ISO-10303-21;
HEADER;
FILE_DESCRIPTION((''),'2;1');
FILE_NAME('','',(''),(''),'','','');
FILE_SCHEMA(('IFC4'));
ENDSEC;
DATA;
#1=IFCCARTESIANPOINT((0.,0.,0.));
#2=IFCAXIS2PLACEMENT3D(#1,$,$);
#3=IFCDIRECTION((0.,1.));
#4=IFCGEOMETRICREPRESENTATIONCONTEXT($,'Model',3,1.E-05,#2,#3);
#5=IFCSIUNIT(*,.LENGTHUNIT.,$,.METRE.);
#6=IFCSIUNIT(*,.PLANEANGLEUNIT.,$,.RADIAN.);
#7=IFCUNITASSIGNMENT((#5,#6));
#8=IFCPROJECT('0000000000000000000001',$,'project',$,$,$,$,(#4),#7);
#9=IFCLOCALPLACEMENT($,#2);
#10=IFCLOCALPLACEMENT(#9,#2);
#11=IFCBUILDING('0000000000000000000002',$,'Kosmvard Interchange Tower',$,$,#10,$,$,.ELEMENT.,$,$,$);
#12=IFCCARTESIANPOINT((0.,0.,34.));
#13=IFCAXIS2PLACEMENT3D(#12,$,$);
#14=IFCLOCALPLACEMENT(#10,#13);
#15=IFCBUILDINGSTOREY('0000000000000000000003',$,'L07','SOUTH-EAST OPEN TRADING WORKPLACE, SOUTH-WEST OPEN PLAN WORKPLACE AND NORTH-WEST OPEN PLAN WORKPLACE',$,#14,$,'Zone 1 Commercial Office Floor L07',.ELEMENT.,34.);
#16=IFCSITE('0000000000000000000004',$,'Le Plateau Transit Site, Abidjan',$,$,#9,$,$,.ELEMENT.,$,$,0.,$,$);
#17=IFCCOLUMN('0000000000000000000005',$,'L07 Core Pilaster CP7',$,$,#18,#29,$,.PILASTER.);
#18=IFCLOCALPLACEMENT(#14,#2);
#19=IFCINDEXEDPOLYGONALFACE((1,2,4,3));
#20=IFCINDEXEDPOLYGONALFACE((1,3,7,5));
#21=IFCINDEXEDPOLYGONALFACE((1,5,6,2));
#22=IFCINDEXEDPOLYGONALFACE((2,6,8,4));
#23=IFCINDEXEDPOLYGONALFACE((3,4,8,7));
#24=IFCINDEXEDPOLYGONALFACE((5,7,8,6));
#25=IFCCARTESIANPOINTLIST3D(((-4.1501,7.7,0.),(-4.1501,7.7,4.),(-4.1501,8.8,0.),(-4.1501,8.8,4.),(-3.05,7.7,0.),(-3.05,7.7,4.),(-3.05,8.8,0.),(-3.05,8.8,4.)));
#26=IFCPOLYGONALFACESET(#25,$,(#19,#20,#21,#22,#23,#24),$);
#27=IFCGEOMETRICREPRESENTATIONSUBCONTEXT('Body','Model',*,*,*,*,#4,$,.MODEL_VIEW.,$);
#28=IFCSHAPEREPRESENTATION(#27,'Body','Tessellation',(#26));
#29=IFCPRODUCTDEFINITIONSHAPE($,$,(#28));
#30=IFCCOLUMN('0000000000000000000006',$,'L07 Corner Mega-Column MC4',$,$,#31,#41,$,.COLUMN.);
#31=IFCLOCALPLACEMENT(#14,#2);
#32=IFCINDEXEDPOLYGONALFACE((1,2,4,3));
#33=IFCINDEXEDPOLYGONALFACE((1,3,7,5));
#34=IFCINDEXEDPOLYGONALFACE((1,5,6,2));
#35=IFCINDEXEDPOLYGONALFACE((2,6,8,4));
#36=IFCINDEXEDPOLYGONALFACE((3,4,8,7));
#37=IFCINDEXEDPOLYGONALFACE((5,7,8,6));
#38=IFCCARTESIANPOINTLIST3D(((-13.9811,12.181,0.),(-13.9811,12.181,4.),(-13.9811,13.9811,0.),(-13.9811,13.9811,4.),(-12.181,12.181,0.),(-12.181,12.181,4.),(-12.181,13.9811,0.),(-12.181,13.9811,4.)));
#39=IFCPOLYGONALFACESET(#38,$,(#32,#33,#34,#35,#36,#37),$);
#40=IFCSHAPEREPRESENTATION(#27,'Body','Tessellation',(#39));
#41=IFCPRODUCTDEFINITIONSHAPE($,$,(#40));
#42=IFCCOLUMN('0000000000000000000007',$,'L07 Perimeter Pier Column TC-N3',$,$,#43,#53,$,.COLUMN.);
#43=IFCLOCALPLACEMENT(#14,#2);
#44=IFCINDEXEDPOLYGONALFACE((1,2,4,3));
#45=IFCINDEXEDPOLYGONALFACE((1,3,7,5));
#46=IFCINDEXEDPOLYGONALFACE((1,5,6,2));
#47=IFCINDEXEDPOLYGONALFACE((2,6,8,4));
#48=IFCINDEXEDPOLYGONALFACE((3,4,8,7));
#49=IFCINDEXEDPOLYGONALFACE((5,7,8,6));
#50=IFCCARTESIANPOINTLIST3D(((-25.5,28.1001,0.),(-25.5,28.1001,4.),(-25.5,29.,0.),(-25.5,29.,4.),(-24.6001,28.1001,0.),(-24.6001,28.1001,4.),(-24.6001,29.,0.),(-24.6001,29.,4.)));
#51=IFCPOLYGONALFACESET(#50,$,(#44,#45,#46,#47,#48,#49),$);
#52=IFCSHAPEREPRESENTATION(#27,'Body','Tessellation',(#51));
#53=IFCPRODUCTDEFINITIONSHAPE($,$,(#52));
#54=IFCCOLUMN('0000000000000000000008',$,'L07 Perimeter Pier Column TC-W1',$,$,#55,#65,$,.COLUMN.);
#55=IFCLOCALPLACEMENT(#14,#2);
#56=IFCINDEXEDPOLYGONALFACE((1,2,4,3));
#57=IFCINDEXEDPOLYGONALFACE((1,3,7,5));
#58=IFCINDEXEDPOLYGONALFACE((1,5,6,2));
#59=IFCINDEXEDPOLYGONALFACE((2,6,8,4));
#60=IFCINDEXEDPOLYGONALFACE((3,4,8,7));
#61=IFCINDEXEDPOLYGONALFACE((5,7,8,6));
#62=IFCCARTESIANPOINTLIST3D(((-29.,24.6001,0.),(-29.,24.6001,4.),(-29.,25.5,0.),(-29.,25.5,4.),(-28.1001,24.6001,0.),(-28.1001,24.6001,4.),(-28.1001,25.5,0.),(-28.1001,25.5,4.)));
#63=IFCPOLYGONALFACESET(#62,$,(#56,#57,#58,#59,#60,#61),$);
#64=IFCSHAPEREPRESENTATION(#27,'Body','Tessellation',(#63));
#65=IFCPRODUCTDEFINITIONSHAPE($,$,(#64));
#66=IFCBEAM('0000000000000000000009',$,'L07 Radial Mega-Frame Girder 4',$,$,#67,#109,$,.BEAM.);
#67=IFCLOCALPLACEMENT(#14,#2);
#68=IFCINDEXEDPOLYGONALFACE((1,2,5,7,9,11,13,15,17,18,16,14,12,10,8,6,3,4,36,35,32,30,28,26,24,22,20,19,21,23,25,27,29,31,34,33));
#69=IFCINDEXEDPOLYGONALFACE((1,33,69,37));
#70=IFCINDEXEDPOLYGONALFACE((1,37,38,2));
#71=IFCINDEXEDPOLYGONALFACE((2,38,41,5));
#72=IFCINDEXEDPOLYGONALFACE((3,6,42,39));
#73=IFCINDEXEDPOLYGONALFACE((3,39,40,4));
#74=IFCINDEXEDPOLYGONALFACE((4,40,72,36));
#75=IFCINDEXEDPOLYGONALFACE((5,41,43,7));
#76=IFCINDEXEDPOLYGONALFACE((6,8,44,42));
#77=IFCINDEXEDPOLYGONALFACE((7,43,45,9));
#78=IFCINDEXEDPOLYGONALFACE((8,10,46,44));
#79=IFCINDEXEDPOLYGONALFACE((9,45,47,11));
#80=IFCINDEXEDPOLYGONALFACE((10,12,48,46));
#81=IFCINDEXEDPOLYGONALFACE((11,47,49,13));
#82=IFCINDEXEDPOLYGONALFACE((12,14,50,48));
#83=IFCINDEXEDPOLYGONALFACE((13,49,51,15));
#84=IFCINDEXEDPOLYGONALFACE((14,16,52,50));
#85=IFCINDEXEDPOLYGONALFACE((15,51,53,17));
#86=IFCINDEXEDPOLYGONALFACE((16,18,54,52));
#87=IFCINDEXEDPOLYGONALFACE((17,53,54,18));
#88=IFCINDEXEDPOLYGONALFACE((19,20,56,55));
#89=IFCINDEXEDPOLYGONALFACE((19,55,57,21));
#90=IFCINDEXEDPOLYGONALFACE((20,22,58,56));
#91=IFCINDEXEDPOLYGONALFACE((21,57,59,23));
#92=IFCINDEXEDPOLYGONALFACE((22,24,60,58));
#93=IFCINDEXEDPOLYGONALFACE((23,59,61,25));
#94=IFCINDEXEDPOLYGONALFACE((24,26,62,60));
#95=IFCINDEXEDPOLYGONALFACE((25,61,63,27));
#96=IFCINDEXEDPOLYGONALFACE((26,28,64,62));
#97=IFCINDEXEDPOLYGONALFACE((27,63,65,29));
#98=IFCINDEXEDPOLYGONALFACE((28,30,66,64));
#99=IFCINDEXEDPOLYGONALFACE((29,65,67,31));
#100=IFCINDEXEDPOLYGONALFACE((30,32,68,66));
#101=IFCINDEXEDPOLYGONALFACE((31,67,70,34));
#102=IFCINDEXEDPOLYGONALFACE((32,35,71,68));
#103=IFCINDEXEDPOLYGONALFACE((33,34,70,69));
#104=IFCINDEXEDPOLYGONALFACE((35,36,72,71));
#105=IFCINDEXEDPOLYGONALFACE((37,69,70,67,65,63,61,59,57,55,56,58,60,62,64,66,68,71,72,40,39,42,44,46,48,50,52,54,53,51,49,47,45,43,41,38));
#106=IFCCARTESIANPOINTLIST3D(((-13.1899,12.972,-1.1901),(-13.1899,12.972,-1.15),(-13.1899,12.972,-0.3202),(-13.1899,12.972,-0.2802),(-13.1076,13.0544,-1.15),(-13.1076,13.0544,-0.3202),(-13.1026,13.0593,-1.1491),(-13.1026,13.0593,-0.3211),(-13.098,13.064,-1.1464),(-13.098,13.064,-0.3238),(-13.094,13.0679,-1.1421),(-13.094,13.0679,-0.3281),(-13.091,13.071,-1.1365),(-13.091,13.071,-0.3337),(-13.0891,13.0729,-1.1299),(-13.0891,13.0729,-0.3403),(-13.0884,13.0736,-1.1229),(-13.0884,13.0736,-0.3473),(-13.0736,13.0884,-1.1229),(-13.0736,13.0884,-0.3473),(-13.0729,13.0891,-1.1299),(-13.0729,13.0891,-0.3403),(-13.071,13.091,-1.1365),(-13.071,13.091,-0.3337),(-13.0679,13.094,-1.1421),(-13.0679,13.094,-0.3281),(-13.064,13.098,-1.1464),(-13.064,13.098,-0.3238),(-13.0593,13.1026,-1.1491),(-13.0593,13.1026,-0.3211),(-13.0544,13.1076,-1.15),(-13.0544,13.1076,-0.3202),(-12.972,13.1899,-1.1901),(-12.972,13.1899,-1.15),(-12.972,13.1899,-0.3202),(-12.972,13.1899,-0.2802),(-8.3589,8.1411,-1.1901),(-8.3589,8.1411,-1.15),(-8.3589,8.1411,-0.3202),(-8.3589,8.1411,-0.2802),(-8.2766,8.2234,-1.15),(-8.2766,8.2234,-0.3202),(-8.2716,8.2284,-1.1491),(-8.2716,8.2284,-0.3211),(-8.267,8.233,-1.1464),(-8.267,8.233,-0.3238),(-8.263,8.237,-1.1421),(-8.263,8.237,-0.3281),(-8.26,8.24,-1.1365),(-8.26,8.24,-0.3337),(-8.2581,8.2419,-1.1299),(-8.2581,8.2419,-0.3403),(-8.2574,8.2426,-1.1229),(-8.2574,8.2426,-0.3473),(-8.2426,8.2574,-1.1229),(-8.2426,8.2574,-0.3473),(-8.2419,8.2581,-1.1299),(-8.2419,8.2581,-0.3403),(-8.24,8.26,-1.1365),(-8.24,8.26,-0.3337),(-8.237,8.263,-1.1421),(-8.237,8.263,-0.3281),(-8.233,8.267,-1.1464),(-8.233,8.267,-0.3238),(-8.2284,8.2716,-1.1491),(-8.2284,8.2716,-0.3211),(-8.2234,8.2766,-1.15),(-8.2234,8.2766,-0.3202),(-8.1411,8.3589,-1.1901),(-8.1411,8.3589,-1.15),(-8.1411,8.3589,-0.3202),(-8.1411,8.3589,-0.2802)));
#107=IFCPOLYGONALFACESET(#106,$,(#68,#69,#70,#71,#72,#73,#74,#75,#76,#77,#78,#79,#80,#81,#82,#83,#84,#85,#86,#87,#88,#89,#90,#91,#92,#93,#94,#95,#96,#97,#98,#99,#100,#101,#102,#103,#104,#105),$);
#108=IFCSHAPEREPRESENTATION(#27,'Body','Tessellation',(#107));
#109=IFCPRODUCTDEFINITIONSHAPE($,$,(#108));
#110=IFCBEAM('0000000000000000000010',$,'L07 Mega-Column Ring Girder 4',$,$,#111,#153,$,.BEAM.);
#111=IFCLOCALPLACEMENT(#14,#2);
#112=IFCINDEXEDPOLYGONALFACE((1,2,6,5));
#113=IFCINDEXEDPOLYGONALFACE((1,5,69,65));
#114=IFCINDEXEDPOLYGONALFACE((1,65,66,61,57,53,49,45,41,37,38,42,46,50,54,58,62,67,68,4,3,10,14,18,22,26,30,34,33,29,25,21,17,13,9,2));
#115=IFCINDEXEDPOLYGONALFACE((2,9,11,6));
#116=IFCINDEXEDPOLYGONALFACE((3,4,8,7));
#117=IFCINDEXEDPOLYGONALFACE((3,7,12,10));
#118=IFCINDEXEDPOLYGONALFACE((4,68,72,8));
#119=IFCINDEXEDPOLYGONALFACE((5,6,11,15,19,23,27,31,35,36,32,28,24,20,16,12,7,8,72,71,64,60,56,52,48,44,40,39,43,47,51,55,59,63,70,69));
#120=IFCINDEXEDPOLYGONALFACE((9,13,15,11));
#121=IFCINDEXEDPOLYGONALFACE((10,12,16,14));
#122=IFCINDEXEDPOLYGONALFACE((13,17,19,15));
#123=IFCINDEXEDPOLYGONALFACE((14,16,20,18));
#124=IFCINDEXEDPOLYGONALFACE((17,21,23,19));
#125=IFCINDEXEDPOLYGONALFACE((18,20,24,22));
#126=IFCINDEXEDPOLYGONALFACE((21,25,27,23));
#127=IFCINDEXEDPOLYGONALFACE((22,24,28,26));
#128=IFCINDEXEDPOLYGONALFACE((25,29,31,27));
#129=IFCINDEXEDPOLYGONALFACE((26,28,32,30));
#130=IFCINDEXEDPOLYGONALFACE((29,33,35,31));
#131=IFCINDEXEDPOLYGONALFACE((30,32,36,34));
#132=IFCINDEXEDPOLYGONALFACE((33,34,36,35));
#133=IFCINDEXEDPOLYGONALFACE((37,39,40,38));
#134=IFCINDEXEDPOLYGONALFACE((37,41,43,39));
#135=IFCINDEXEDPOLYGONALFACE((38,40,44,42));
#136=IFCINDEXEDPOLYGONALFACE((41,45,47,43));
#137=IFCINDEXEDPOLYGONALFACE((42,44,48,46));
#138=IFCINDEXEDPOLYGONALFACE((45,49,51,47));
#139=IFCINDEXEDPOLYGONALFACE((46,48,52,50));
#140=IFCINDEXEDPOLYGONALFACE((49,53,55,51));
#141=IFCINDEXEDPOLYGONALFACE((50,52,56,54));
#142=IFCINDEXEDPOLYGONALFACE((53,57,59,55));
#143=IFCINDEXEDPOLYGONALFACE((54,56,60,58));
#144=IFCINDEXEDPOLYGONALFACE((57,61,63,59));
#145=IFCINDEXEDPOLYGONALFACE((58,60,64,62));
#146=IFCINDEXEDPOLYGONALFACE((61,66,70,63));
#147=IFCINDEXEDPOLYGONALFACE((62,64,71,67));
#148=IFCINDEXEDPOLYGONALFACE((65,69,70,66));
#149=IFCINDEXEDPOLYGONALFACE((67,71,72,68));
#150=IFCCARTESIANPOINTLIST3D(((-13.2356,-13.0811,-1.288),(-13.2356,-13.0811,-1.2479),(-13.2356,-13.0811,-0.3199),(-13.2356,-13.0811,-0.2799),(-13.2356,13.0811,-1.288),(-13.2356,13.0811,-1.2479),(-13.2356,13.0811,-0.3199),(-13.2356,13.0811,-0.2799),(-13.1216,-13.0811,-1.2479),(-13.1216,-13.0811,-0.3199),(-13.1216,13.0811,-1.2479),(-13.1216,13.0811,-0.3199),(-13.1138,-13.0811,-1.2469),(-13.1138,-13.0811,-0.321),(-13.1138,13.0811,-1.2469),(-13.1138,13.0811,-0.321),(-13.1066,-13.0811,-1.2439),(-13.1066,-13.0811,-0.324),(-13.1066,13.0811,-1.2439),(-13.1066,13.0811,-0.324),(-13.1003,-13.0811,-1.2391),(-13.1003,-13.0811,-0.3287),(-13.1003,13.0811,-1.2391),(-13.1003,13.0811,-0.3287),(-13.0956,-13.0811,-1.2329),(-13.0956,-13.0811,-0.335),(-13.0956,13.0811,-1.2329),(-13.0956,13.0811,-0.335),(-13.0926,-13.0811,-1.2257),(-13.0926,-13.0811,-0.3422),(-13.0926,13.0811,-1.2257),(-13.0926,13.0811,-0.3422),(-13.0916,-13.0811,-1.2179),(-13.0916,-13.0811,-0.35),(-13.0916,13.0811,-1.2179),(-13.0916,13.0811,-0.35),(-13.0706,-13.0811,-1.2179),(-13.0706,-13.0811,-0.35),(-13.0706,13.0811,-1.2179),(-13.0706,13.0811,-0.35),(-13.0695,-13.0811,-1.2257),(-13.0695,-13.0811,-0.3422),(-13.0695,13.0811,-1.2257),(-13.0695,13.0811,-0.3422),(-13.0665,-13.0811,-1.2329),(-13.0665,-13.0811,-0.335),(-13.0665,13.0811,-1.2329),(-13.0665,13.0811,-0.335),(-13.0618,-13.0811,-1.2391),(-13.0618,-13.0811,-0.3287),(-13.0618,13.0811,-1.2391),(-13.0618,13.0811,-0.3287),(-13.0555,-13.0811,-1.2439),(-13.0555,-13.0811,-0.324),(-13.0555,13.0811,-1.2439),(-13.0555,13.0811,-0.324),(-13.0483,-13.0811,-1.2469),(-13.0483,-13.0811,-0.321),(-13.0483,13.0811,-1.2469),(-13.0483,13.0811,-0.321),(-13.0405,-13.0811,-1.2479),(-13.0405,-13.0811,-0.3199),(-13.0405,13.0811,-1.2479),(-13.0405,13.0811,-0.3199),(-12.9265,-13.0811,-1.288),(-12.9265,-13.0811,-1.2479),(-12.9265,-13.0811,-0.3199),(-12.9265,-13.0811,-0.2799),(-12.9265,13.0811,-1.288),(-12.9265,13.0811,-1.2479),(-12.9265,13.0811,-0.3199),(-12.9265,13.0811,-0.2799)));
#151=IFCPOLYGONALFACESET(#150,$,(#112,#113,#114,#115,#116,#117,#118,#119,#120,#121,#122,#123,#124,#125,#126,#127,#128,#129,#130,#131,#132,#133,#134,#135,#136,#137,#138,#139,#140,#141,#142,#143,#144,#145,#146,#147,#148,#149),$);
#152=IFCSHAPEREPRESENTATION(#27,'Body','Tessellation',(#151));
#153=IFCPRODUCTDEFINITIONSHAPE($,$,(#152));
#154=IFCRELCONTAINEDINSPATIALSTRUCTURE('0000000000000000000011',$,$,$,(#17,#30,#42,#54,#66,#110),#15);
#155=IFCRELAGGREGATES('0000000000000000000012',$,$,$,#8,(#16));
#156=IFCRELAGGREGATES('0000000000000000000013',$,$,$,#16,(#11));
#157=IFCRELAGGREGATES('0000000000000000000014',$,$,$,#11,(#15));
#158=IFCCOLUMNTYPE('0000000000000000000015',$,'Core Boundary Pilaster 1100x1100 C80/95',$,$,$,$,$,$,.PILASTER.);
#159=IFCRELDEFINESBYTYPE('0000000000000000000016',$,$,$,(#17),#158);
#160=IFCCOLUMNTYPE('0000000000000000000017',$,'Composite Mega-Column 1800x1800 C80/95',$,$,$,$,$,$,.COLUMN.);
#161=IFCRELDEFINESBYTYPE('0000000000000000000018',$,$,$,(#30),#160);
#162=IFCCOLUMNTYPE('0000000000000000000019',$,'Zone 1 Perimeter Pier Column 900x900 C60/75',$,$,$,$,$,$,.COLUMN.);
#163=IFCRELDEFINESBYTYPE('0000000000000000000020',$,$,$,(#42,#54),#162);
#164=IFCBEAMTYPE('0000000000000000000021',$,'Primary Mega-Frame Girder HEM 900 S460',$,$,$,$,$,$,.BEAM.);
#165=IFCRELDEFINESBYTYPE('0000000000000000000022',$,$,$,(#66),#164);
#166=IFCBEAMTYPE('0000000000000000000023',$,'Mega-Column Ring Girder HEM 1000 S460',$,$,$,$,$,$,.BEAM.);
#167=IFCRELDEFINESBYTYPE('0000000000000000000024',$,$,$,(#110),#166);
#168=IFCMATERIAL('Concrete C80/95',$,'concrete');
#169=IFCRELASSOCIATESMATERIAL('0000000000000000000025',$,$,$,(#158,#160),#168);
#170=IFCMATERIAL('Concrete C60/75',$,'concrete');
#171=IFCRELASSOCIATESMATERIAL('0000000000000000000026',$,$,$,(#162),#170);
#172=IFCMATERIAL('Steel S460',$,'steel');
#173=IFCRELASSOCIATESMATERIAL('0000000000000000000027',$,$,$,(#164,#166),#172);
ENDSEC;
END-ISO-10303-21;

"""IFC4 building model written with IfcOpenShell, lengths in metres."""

from ifc_helpers import new_model, si_unit, direction, frame, origin, origin_2d, place, context, subcontext, project, spatial, rectangle, i_section, extrude, source, transform, mapped, material, material_profile, profile_set, type_object, element, save


model = new_model("IFC4")

# Units and contexts
model_context = context("Model", 3, precision=1e-05, world=origin(), true_north=direction((0.0, 1.0)))
body_context = subcontext(model_context, "Body", "Model", "MODEL_VIEW")
ifc_project = project(units=[si_unit("LENGTHUNIT", "METRE"), si_unit("PLANEANGLEUNIT", "RADIAN")], contexts=[model_context])

# Site, building, storey
site_placement = place(None, origin())
site = spatial("IfcSite", under=ifc_project, at=site_placement, Name="Le Plateau Transit Site, Abidjan", CompositionType="ELEMENT", RefElevation=0.0)
building_placement = place(site_placement, origin())
building = spatial("IfcBuilding", under=site, at=building_placement, Name="Kosmvard Interchange Tower", CompositionType="ELEMENT")
storey_placement = place(building_placement, frame((0.0, 0.0, 34.0)))
storey = spatial("IfcBuildingStorey", under=building, at=storey_placement, Name="L07", Description="SOUTH-EAST OPEN TRADING WORKPLACE, SOUTH-WEST OPEN PLAN WORKPLACE AND NORTH-WEST OPEN PLAN WORKPLACE", LongName="Zone 1 Commercial Office Floor L07", CompositionType="ELEMENT", Elevation=34.0)

# Columns
ifc_material_1 = material(Name="Concrete C80/95", Category="concrete")
ifc_material_profile_1 = material_profile(ifc_material_1, rectangle(XDim=1.1001, YDim=1.1001, at=origin_2d()), Name="CP 1100x1100")
ifc_profile_set_1 = profile_set([ifc_material_profile_1], Name="Concrete C80/95")
column_type_1 = type_object("IfcColumnType", Name="Core Boundary Pilaster 1100x1100 C80/95", PredefinedType="PILASTER", material=ifc_profile_set_1)
shared_shape_1 = source(origin(), body_context, "Body", "SweptSolid", [
    extrude(rectangle(XDim=1.1001, YDim=1.1001, at=origin_2d()), origin(), (0.0, 0.0, 1.0), 4.0),
])
column_1_placement = place(storey_placement, frame((-3.6001, 8.25, 0.0), z_axis=(0.0, 0.0, 1.0), x_axis=(1.0, 0.0, 0.0)))
element("IfcColumn", 1, at=column_1_placement, inside=storey, type_object=column_type_1, Name="L07 Core Pilaster CP7", PredefinedType="PILASTER", context=body_context, shape_type="MappedRepresentation", body=[
    mapped(shared_shape_1, transform((0.0, 0.0, 0.0), scale=1.0)),
])
ifc_material_profile_2 = material_profile(ifc_material_1, rectangle(XDim=1.8, YDim=1.8, at=origin_2d()), Name="MC 1800x1800")
ifc_profile_set_2 = profile_set([ifc_material_profile_2], Name="Concrete C80/95")
column_type_2 = type_object("IfcColumnType", Name="Composite Mega-Column 1800x1800 C80/95", PredefinedType="COLUMN", material=ifc_profile_set_2)
shared_shape_2 = source(origin(), body_context, "Body", "SweptSolid", [
    extrude(rectangle(XDim=1.8, YDim=1.8, at=origin_2d()), origin(), (0.0, 0.0, 1.0), 4.0),
])
column_2_placement = place(storey_placement, frame((-13.0811, 13.0811, 0.0), z_axis=(0.0, 0.0, 1.0), x_axis=(1.0, 0.0, 0.0)))
element("IfcColumn", 2, at=column_2_placement, inside=storey, type_object=column_type_2, Name="L07 Corner Mega-Column MC4", PredefinedType="COLUMN", context=body_context, shape_type="MappedRepresentation", body=[
    mapped(shared_shape_2, transform((0.0, 0.0, 0.0), scale=1.0)),
])
ifc_material_2 = material(Name="Concrete C60/75", Category="concrete")
ifc_material_profile_3 = material_profile(ifc_material_2, rectangle(XDim=0.8999, YDim=0.8999, at=origin_2d()), Name="TC 900x900")
ifc_profile_set_3 = profile_set([ifc_material_profile_3], Name="Concrete C60/75")
column_type_3 = type_object("IfcColumnType", Name="Zone 1 Perimeter Pier Column 900x900 C60/75", PredefinedType="COLUMN", material=ifc_profile_set_3)
shared_shape_3 = source(origin(), body_context, "Body", "SweptSolid", [
    extrude(rectangle(XDim=0.8999, YDim=0.8999, at=origin_2d()), origin(), (0.0, 0.0, 1.0), 4.0),
])
for number, where, z_axis, x_axis, name in (
    (3, (-25.05, 28.55, 0.0), (0.0, 0.0, 1.0), (1.0, 0.0, 0.0), "L07 Perimeter Pier Column TC-N3"),
    (4, (-28.55, 25.05, 0.0), (0.0, 0.0, 1.0), (1.0, 0.0, 0.0), "L07 Perimeter Pier Column TC-W1"),
):
    element("IfcColumn", number, at=place(storey_placement, frame(where, z_axis=z_axis, x_axis=x_axis)), inside=storey, type_object=column_type_3, Name=name, PredefinedType="COLUMN", context=body_context, shape_type="MappedRepresentation", body=[
        mapped(shared_shape_3, transform((0.0, 0.0, 0.0), scale=1.0)),
    ])

# Beams
ifc_material_3 = material(Name="Steel S460", Category="steel")
ifc_material_profile_4 = material_profile(ifc_material_3, i_section(OverallWidth=0.3081, OverallDepth=0.9099, WebThickness=0.021, FlangeThickness=0.04, FilletRadius=0.0271, at=origin_2d()), Name="HEM 900")
ifc_profile_set_4 = profile_set([ifc_material_profile_4], Name="Steel S460")
beam_type_1 = type_object("IfcBeamType", Name="Primary Mega-Frame Girder HEM 900 S460", PredefinedType="BEAM", material=ifc_profile_set_4)
shared_shape_4 = source(origin(), body_context, "Body", "SweptSolid", [
    extrude(i_section(OverallWidth=0.3081, OverallDepth=0.9099, WebThickness=0.021, FlangeThickness=0.04, FilletRadius=0.0271, at=origin_2d()), origin(), (0.0, 0.0, 1.0), 6.832),
])
beam_1_placement = place(storey_placement, frame((-8.25, 8.25, -0.7351), z_axis=(-0.707107, 0.707107, 0.0), x_axis=(-0.707107, -0.707107, 0.0)))
element("IfcBeam", 5, at=beam_1_placement, inside=storey, type_object=beam_type_1, Name="L07 Radial Mega-Frame Girder 4", PredefinedType="BEAM", context=body_context, shape_type="MappedRepresentation", body=[
    mapped(shared_shape_4, transform((0.0, 0.0, 0.0), scale=1.0)),
])
ifc_material_profile_5 = material_profile(ifc_material_3, i_section(OverallWidth=0.3091, OverallDepth=1.0081, WebThickness=0.021, FlangeThickness=0.04, FilletRadius=0.03, at=origin_2d()), Name="HEM 1000")
ifc_profile_set_5 = profile_set([ifc_material_profile_5], Name="Steel S460")
beam_type_2 = type_object("IfcBeamType", Name="Mega-Column Ring Girder HEM 1000 S460", PredefinedType="BEAM", material=ifc_profile_set_5)
shared_shape_5 = source(origin(), body_context, "Body", "SweptSolid", [
    extrude(i_section(OverallWidth=0.3091, OverallDepth=1.0081, WebThickness=0.021, FlangeThickness=0.04, FilletRadius=0.03, at=origin_2d()), origin(), (0.0, 0.0, 1.0), 26.1621),
])
beam_2_placement = place(storey_placement, frame((-13.0811, 13.0811, -0.7839), z_axis=(0.0, -1.0, 0.0), x_axis=(1.0, 0.0, 0.0)))
element("IfcBeam", 6, at=beam_2_placement, inside=storey, type_object=beam_type_2, Name="L07 Mega-Column Ring Girder 4", PredefinedType="BEAM", context=body_context, shape_type="MappedRepresentation", body=[
    mapped(shared_shape_5, transform((0.0, 0.0, 0.0), scale=1.0)),
])

save(model, "model.ifc")
